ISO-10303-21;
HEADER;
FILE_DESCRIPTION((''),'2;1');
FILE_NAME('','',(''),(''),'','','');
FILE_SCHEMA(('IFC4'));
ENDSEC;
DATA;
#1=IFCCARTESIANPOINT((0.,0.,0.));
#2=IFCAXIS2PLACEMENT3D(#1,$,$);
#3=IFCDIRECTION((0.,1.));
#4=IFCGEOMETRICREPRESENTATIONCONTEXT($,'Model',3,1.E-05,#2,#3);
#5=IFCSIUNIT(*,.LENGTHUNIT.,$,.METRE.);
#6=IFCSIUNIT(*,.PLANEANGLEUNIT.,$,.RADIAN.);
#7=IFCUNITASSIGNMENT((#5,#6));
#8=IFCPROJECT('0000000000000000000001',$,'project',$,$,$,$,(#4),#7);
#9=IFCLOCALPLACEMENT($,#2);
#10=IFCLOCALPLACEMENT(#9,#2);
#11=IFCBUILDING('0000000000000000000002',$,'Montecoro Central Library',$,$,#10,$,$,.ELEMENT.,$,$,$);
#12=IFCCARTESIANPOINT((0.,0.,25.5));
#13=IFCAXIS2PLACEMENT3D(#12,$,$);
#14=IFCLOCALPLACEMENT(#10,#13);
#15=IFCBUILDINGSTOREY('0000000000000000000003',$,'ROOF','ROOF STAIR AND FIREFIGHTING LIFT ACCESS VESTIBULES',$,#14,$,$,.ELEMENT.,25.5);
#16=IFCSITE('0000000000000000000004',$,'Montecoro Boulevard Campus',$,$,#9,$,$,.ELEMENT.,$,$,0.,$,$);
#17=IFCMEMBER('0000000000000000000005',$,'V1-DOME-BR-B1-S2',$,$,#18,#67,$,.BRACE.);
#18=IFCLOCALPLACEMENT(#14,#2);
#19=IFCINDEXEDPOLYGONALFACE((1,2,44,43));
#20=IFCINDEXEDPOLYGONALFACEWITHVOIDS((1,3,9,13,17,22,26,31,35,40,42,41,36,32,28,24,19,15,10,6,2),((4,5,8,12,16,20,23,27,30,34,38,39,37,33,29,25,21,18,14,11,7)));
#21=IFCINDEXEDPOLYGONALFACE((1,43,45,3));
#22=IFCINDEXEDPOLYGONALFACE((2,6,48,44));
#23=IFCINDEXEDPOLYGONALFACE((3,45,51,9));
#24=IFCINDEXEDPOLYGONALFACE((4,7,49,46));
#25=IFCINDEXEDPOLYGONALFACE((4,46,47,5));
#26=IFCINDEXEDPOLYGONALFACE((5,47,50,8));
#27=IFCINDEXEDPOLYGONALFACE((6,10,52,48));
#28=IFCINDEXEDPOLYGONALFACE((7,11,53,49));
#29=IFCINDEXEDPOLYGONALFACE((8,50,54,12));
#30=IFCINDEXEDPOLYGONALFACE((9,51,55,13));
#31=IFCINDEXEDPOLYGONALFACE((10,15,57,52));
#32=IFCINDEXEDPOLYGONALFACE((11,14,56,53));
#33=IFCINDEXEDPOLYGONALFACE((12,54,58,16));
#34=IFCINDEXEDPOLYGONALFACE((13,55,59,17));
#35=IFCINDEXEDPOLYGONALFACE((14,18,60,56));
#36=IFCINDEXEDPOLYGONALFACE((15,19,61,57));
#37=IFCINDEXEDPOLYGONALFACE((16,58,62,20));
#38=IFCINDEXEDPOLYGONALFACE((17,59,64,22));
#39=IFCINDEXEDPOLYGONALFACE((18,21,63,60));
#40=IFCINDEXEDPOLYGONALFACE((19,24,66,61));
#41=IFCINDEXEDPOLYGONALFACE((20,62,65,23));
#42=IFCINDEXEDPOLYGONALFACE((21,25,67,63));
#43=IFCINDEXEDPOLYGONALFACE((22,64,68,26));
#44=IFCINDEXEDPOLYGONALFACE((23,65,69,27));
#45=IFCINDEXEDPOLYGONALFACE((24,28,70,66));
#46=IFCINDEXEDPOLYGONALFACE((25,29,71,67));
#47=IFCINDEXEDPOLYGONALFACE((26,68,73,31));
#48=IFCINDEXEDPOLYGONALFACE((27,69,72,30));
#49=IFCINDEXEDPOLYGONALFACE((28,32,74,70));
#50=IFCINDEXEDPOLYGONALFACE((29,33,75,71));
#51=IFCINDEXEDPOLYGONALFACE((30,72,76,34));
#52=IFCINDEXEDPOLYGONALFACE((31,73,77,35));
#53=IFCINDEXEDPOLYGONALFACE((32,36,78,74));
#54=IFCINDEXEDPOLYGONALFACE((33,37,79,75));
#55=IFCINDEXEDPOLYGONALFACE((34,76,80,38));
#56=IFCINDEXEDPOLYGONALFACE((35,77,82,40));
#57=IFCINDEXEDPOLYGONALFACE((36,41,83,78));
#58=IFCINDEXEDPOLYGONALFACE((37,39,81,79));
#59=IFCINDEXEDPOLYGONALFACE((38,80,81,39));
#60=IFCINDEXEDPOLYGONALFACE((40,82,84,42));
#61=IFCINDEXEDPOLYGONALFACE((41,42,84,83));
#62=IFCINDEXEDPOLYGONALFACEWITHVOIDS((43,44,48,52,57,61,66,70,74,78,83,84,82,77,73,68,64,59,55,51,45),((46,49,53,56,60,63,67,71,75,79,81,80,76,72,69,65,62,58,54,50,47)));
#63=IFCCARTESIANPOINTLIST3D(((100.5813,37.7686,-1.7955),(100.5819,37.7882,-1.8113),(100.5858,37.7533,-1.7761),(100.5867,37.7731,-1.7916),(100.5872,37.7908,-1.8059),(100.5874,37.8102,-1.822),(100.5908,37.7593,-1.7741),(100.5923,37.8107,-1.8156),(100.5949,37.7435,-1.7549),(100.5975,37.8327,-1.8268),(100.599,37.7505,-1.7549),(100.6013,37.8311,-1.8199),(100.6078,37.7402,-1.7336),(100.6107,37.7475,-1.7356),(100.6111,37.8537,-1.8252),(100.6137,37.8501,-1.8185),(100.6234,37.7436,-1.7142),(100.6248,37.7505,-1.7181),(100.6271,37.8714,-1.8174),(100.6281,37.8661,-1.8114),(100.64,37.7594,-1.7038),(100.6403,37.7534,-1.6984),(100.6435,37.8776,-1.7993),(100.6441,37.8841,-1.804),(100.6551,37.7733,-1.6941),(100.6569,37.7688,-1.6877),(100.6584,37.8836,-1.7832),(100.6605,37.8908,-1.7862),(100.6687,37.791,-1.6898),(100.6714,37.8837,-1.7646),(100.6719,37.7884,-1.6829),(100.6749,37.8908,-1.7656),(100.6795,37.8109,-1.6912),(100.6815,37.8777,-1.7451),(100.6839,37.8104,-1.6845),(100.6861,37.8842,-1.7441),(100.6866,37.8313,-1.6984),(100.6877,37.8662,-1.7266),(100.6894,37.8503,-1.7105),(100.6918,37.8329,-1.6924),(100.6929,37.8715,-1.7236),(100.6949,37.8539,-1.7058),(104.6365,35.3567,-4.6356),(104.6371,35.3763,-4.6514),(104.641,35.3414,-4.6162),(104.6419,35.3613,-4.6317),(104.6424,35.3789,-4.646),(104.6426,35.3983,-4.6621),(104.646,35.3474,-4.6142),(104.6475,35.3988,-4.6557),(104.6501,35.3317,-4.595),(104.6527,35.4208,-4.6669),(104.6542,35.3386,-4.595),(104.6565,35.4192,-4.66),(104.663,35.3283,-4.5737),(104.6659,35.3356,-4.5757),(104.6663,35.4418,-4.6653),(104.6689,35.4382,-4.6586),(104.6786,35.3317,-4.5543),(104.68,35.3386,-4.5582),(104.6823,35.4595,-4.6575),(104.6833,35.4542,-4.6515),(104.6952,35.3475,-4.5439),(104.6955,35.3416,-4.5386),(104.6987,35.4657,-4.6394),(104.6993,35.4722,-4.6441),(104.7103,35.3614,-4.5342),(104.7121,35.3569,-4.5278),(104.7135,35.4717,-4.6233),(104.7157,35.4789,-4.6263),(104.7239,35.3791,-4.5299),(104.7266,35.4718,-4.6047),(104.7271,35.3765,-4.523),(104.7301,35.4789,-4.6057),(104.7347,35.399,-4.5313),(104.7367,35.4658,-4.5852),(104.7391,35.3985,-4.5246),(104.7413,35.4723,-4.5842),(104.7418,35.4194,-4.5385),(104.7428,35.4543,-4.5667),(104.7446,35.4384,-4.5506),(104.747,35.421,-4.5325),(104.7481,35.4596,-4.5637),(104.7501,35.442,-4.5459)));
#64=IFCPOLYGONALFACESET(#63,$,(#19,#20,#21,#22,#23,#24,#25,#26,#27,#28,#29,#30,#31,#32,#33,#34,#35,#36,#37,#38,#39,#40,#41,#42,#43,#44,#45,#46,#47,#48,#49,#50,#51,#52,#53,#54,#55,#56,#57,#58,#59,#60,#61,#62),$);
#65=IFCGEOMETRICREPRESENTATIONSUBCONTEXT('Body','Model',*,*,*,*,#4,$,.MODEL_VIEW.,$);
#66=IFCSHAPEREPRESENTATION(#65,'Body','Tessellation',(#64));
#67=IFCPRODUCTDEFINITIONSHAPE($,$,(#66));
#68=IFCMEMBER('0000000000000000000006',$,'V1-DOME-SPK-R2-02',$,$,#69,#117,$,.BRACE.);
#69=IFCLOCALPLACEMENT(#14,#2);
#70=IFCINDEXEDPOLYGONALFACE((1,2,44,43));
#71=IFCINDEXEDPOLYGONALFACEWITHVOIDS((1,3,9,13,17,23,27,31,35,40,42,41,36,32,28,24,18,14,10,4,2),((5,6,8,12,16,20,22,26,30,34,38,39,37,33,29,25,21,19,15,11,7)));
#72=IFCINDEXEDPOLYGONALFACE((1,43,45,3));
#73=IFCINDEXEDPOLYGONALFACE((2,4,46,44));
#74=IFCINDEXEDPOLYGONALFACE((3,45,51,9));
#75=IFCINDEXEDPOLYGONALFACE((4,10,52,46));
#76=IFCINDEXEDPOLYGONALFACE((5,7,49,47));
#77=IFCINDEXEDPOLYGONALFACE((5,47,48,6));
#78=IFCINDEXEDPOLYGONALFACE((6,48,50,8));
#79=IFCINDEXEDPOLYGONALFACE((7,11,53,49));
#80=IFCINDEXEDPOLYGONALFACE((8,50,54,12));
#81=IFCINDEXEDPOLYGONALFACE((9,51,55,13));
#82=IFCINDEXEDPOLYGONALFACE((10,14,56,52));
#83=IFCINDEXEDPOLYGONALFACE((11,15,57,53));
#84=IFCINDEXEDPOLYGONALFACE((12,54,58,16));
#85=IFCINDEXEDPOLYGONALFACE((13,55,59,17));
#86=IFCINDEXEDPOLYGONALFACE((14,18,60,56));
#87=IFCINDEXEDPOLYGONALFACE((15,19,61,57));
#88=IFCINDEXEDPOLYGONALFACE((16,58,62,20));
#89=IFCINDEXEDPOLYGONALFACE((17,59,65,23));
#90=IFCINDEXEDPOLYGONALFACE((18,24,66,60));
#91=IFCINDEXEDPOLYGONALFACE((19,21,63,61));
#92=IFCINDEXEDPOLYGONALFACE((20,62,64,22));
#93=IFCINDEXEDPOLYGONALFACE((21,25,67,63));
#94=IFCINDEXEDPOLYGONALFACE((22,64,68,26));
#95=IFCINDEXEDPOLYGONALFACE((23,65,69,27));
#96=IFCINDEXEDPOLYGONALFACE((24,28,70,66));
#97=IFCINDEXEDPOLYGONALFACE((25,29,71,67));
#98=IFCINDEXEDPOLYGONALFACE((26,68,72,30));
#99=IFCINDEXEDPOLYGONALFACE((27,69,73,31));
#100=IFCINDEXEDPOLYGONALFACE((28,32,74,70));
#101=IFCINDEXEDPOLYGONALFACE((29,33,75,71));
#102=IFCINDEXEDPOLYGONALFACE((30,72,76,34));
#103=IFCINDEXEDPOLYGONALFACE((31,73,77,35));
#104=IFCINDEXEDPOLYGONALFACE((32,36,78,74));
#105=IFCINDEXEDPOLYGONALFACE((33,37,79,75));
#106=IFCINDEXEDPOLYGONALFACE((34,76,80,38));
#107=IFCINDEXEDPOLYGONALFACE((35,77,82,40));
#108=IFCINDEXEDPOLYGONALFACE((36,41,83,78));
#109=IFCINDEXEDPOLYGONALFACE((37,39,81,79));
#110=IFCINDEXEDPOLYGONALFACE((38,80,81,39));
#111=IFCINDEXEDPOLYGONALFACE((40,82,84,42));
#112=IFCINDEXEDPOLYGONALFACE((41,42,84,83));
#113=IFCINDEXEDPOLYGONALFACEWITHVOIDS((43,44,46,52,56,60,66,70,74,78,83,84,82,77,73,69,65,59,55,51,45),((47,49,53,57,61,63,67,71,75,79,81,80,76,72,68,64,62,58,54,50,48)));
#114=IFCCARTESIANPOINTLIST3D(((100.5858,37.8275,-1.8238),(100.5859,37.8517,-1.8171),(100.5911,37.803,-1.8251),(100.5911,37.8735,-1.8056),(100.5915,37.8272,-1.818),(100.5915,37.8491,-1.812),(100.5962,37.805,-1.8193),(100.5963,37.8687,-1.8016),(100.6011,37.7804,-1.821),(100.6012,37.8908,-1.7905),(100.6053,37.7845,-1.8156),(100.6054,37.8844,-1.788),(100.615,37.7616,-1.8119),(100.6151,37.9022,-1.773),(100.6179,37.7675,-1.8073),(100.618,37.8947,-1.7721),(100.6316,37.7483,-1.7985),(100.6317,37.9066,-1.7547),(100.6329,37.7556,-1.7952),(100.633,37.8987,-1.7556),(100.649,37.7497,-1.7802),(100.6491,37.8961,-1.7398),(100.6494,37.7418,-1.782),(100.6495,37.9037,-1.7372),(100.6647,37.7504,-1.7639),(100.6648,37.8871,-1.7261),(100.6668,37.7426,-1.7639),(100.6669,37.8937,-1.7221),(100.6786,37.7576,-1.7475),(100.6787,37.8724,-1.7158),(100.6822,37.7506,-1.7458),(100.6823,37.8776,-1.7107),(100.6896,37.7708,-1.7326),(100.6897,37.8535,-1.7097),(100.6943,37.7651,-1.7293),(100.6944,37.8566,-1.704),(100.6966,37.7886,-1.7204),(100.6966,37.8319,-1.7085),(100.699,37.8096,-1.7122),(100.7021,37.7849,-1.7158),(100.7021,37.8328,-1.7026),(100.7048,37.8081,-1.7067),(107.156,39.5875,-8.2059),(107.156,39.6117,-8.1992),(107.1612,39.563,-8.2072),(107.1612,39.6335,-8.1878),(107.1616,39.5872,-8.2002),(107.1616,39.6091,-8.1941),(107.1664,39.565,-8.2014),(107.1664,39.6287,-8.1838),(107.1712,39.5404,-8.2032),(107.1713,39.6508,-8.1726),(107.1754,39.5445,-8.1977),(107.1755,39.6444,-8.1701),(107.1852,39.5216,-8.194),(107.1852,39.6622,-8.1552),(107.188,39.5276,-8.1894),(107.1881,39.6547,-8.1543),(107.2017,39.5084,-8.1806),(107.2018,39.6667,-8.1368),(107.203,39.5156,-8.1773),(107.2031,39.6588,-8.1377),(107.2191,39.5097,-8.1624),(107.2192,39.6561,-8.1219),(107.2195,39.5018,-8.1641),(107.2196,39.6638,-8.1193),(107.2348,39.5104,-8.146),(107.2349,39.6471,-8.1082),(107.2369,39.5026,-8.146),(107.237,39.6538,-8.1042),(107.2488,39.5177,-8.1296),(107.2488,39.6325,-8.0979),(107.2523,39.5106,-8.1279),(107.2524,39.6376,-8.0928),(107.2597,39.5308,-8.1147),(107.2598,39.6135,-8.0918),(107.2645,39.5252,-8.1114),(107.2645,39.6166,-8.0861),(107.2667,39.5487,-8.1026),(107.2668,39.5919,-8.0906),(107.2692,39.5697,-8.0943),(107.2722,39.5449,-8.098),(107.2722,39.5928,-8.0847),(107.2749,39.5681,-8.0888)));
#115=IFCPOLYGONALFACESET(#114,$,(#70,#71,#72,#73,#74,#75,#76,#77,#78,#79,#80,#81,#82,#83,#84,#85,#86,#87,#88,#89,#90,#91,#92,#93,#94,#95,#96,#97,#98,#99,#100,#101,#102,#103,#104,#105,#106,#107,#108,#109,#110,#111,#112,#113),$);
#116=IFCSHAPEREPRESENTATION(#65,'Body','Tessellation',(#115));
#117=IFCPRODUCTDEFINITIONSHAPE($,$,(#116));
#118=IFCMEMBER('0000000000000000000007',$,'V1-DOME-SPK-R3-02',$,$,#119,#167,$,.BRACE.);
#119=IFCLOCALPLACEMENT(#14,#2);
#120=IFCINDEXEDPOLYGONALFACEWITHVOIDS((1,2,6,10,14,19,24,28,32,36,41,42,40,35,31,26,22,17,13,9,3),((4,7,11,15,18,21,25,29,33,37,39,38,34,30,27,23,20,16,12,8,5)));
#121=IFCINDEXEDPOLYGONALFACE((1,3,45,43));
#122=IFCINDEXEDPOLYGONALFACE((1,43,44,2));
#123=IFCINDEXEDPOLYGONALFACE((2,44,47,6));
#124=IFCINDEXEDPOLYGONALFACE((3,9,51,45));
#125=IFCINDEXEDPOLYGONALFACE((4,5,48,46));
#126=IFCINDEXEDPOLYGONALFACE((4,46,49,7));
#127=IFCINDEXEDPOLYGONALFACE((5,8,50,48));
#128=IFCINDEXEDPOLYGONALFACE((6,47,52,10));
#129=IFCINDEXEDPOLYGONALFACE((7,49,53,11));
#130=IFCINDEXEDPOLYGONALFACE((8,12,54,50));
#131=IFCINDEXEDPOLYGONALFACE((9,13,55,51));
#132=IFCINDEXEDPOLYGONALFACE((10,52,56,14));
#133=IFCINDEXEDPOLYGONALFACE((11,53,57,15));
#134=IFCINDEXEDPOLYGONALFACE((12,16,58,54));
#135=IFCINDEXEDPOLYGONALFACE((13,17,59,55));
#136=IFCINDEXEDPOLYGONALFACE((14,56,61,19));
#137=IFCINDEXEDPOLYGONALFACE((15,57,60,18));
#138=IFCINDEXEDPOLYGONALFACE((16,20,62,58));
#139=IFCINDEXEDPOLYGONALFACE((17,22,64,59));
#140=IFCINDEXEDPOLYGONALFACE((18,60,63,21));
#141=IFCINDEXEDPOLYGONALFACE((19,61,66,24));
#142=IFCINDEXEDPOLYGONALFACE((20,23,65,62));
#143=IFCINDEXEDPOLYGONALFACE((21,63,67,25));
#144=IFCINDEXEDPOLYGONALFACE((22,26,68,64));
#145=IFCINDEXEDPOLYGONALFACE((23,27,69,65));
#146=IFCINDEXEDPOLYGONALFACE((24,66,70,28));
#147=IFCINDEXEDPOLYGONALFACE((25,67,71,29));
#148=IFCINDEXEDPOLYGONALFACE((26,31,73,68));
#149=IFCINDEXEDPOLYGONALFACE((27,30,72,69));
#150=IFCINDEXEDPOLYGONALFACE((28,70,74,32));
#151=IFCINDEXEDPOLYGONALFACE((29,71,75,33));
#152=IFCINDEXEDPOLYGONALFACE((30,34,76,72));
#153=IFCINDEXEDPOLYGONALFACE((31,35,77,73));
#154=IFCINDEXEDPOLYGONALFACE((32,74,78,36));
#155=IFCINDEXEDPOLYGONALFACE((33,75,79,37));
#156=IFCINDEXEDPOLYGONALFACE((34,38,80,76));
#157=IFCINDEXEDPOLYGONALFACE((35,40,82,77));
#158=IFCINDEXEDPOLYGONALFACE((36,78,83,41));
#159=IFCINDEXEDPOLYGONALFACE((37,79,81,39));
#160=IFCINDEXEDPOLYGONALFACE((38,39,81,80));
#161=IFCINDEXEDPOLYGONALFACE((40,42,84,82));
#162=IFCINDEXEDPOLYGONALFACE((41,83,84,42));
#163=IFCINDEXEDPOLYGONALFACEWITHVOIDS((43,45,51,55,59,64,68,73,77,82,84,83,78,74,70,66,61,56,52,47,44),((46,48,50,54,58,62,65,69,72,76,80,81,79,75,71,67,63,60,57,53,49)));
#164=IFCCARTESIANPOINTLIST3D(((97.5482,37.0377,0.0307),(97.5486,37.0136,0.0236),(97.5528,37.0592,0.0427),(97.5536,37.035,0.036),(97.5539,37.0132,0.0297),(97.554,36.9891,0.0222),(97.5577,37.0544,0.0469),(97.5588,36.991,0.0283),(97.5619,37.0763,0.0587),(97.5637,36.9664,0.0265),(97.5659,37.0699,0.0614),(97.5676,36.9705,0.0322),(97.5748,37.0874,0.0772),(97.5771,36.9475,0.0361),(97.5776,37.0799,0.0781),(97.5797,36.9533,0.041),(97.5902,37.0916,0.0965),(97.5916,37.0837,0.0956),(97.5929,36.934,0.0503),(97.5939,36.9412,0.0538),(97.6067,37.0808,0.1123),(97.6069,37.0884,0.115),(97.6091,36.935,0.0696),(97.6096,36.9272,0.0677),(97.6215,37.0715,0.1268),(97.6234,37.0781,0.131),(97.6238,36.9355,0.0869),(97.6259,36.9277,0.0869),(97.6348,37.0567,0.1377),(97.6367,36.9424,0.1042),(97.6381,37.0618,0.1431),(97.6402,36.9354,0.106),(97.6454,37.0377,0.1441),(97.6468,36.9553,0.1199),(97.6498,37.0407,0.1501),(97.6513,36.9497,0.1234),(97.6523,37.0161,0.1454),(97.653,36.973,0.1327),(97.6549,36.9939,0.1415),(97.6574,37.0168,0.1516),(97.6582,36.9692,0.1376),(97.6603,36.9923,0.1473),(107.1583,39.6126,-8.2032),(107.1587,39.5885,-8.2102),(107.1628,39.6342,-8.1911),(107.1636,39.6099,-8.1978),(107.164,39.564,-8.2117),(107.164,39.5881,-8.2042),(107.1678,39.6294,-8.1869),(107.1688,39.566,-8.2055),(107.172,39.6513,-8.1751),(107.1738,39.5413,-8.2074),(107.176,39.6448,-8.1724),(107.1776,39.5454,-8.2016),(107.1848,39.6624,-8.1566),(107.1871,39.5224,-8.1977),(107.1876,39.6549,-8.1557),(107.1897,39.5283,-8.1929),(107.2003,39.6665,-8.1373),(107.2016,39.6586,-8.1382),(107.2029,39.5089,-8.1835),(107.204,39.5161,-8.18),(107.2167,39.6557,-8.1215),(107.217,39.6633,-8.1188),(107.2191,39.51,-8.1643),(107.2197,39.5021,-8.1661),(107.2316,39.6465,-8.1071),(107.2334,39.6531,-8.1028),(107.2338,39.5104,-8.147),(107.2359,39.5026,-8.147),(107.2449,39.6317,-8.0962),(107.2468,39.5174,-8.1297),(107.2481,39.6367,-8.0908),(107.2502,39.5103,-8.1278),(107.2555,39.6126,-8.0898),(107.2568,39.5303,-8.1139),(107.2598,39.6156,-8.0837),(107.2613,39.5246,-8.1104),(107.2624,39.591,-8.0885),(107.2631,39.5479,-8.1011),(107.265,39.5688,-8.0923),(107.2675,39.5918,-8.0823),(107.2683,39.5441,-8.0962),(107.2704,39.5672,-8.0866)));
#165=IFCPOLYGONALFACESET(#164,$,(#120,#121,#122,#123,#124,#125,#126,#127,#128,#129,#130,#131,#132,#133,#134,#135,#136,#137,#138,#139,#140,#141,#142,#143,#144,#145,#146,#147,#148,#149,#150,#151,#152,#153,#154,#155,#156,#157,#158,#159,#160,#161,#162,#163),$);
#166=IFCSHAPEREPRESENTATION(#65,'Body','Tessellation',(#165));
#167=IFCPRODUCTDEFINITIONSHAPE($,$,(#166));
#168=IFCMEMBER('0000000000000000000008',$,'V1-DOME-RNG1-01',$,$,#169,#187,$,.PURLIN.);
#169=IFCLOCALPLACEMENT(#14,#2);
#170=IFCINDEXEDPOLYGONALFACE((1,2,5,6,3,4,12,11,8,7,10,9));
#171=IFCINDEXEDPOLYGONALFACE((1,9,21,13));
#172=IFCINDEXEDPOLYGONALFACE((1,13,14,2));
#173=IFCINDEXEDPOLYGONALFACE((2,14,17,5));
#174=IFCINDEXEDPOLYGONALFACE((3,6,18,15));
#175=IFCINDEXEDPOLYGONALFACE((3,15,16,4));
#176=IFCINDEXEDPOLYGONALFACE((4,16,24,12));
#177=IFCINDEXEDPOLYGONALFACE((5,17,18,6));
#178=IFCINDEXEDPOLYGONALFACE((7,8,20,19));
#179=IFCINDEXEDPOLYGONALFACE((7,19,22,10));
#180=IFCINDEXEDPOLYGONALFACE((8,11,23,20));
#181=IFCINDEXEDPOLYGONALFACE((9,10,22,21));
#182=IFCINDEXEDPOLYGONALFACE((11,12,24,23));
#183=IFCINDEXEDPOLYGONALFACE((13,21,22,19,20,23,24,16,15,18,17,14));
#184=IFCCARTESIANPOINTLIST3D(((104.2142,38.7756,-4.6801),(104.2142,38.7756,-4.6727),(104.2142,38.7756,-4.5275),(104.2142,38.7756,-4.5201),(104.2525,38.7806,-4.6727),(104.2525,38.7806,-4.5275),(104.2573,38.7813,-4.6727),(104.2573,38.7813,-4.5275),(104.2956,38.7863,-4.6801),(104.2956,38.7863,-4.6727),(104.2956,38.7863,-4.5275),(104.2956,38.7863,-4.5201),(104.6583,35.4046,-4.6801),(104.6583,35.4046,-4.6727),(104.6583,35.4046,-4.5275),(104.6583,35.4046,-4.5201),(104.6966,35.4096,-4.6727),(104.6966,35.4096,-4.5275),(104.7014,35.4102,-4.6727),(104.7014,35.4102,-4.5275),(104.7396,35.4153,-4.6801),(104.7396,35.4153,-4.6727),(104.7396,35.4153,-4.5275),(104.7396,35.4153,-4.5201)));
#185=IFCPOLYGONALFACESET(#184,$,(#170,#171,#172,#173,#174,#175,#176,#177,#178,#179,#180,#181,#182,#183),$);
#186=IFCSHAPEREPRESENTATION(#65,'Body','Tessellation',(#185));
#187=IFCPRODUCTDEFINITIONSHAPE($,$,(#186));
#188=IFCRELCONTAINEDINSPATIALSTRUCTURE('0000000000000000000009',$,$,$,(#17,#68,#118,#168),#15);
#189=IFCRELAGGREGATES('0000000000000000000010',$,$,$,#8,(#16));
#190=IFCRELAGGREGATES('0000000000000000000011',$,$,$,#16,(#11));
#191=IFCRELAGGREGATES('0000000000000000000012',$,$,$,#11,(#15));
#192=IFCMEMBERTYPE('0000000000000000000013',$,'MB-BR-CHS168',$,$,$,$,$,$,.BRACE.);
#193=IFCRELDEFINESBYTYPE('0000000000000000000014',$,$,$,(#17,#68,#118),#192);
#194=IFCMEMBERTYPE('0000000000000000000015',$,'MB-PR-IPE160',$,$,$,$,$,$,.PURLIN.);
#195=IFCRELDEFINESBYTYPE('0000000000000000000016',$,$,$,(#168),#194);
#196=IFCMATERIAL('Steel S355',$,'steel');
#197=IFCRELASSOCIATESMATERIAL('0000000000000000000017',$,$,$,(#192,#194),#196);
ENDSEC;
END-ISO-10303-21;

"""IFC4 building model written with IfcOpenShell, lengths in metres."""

from ifc_helpers import new_model, si_unit, direction, frame, origin, origin_2d, place, context, subcontext, project, spatial, hollow_circle, i_section, extrude, material, material_profile, profile_set, type_object, element, save


model = new_model("IFC4")

# Units and contexts
model_context = context("Model", 3, precision=1e-05, world=origin(), true_north=direction((0.0, 1.0)))
body_context = subcontext(model_context, "Body", "Model", "MODEL_VIEW")
ifc_project = project(units=[si_unit("LENGTHUNIT", "METRE"), si_unit("PLANEANGLEUNIT", "RADIAN")], contexts=[model_context])

# Site, building, storey
site_placement = place(None, origin())
site = spatial("IfcSite", under=ifc_project, at=site_placement, Name="Montecoro Boulevard Campus", CompositionType="ELEMENT", RefElevation=0.0)
building_placement = place(site_placement, origin())
building = spatial("IfcBuilding", under=site, at=building_placement, Name="Montecoro Central Library", CompositionType="ELEMENT")
storey_placement = place(building_placement, frame((0.0, 0.0, 25.5)))
storey = spatial("IfcBuildingStorey", under=building, at=storey_placement, Name="ROOF", Description="ROOF STAIR AND FIREFIGHTING LIFT ACCESS VESTIBULES", CompositionType="ELEMENT", Elevation=25.5)

# Members
ifc_material_1 = material(Name="Steel S355", Category="steel")
ifc_material_profile_1 = material_profile(ifc_material_1, hollow_circle(Radius=0.0842, WallThickness=0.0081, at=origin_2d()), Name="CHS 168.3x8.0")
ifc_profile_set_1 = profile_set([ifc_material_profile_1], Name="Steel S355")
member_type_1 = type_object("IfcMemberType", Name="MB-BR-CHS168", PredefinedType="BRACE", material=ifc_profile_set_1)
member_1_placement = place(storey_placement, frame((104.6931, 35.4041, -4.595), z_axis=(-0.73636, 0.437959, 0.515718), x_axis=(-0.511182, -0.859473, 0.0)))
element("IfcMember", 1, at=member_1_placement, inside=storey, type_object=member_type_1, Name="V1-DOME-BR-B1-S2", PredefinedType="BRACE", context=body_context, shape_type="SweptSolid", body=[
    extrude(hollow_circle(Radius=0.0842, WallThickness=0.0081, at=origin_2d()), origin(), (0.0, 0.0, 1.0), 5.5071),
])
member_2_placement = place(storey_placement, frame((107.2151, 39.584, -8.146), z_axis=(-0.704408, -0.188699, 0.684253), x_axis=(0.258759, -0.965942, 0.0)))
element("IfcMember", 2, at=member_2_placement, inside=storey, type_object=member_type_1, Name="V1-DOME-SPK-R2-02", PredefinedType="BRACE", context=body_context, shape_type="SweptSolid", body=[
    extrude(hollow_circle(Radius=0.0842, WallThickness=0.0081, at=origin_2d()), origin(), (0.0, 0.0, 1.0), 9.3271),
])
member_3_placement = place(storey_placement, frame((107.2141, 39.584, -8.147), z_axis=(-0.74414, -0.199386, 0.637575), x_axis=(0.258813, -0.965928, 0.0)))
element("IfcMember", 3, at=member_3_placement, inside=storey, type_object=member_type_1, Name="V1-DOME-SPK-R3-02", PredefinedType="BRACE", context=body_context, shape_type="SweptSolid", body=[
    extrude(hollow_circle(Radius=0.0842, WallThickness=0.0081, at=origin_2d()), origin(), (0.0, 0.0, 1.0), 12.9143),
])
ifc_material_profile_2 = material_profile(ifc_material_1, i_section(OverallWidth=0.082, OverallDepth=0.1599, WebThickness=0.0049, FlangeThickness=0.0073, at=origin_2d()), Name="IPE 160")
ifc_profile_set_2 = profile_set([ifc_material_profile_2], Name="Steel S355")
member_type_2 = type_object("IfcMemberType", Name="MB-PR-IPE160", PredefinedType="PURLIN", material=ifc_profile_set_2)
member_4_placement = place(storey_placement, frame((104.699, 35.4099, -4.6001), z_axis=(-0.130607, 0.991434, 0.0), x_axis=(-0.991434, -0.130607, 0.0)))
element("IfcMember", 4, at=member_4_placement, inside=storey, type_object=member_type_2, Name="V1-DOME-RNG1-01", PredefinedType="PURLIN", context=body_context, shape_type="SweptSolid", body=[
    extrude(i_section(OverallWidth=0.082, OverallDepth=0.1599, WebThickness=0.0049, FlangeThickness=0.0073, at=origin_2d()), origin(), (0.0, 0.0, 1.0), 3.4001),
])

save(model, "model.ifc")
